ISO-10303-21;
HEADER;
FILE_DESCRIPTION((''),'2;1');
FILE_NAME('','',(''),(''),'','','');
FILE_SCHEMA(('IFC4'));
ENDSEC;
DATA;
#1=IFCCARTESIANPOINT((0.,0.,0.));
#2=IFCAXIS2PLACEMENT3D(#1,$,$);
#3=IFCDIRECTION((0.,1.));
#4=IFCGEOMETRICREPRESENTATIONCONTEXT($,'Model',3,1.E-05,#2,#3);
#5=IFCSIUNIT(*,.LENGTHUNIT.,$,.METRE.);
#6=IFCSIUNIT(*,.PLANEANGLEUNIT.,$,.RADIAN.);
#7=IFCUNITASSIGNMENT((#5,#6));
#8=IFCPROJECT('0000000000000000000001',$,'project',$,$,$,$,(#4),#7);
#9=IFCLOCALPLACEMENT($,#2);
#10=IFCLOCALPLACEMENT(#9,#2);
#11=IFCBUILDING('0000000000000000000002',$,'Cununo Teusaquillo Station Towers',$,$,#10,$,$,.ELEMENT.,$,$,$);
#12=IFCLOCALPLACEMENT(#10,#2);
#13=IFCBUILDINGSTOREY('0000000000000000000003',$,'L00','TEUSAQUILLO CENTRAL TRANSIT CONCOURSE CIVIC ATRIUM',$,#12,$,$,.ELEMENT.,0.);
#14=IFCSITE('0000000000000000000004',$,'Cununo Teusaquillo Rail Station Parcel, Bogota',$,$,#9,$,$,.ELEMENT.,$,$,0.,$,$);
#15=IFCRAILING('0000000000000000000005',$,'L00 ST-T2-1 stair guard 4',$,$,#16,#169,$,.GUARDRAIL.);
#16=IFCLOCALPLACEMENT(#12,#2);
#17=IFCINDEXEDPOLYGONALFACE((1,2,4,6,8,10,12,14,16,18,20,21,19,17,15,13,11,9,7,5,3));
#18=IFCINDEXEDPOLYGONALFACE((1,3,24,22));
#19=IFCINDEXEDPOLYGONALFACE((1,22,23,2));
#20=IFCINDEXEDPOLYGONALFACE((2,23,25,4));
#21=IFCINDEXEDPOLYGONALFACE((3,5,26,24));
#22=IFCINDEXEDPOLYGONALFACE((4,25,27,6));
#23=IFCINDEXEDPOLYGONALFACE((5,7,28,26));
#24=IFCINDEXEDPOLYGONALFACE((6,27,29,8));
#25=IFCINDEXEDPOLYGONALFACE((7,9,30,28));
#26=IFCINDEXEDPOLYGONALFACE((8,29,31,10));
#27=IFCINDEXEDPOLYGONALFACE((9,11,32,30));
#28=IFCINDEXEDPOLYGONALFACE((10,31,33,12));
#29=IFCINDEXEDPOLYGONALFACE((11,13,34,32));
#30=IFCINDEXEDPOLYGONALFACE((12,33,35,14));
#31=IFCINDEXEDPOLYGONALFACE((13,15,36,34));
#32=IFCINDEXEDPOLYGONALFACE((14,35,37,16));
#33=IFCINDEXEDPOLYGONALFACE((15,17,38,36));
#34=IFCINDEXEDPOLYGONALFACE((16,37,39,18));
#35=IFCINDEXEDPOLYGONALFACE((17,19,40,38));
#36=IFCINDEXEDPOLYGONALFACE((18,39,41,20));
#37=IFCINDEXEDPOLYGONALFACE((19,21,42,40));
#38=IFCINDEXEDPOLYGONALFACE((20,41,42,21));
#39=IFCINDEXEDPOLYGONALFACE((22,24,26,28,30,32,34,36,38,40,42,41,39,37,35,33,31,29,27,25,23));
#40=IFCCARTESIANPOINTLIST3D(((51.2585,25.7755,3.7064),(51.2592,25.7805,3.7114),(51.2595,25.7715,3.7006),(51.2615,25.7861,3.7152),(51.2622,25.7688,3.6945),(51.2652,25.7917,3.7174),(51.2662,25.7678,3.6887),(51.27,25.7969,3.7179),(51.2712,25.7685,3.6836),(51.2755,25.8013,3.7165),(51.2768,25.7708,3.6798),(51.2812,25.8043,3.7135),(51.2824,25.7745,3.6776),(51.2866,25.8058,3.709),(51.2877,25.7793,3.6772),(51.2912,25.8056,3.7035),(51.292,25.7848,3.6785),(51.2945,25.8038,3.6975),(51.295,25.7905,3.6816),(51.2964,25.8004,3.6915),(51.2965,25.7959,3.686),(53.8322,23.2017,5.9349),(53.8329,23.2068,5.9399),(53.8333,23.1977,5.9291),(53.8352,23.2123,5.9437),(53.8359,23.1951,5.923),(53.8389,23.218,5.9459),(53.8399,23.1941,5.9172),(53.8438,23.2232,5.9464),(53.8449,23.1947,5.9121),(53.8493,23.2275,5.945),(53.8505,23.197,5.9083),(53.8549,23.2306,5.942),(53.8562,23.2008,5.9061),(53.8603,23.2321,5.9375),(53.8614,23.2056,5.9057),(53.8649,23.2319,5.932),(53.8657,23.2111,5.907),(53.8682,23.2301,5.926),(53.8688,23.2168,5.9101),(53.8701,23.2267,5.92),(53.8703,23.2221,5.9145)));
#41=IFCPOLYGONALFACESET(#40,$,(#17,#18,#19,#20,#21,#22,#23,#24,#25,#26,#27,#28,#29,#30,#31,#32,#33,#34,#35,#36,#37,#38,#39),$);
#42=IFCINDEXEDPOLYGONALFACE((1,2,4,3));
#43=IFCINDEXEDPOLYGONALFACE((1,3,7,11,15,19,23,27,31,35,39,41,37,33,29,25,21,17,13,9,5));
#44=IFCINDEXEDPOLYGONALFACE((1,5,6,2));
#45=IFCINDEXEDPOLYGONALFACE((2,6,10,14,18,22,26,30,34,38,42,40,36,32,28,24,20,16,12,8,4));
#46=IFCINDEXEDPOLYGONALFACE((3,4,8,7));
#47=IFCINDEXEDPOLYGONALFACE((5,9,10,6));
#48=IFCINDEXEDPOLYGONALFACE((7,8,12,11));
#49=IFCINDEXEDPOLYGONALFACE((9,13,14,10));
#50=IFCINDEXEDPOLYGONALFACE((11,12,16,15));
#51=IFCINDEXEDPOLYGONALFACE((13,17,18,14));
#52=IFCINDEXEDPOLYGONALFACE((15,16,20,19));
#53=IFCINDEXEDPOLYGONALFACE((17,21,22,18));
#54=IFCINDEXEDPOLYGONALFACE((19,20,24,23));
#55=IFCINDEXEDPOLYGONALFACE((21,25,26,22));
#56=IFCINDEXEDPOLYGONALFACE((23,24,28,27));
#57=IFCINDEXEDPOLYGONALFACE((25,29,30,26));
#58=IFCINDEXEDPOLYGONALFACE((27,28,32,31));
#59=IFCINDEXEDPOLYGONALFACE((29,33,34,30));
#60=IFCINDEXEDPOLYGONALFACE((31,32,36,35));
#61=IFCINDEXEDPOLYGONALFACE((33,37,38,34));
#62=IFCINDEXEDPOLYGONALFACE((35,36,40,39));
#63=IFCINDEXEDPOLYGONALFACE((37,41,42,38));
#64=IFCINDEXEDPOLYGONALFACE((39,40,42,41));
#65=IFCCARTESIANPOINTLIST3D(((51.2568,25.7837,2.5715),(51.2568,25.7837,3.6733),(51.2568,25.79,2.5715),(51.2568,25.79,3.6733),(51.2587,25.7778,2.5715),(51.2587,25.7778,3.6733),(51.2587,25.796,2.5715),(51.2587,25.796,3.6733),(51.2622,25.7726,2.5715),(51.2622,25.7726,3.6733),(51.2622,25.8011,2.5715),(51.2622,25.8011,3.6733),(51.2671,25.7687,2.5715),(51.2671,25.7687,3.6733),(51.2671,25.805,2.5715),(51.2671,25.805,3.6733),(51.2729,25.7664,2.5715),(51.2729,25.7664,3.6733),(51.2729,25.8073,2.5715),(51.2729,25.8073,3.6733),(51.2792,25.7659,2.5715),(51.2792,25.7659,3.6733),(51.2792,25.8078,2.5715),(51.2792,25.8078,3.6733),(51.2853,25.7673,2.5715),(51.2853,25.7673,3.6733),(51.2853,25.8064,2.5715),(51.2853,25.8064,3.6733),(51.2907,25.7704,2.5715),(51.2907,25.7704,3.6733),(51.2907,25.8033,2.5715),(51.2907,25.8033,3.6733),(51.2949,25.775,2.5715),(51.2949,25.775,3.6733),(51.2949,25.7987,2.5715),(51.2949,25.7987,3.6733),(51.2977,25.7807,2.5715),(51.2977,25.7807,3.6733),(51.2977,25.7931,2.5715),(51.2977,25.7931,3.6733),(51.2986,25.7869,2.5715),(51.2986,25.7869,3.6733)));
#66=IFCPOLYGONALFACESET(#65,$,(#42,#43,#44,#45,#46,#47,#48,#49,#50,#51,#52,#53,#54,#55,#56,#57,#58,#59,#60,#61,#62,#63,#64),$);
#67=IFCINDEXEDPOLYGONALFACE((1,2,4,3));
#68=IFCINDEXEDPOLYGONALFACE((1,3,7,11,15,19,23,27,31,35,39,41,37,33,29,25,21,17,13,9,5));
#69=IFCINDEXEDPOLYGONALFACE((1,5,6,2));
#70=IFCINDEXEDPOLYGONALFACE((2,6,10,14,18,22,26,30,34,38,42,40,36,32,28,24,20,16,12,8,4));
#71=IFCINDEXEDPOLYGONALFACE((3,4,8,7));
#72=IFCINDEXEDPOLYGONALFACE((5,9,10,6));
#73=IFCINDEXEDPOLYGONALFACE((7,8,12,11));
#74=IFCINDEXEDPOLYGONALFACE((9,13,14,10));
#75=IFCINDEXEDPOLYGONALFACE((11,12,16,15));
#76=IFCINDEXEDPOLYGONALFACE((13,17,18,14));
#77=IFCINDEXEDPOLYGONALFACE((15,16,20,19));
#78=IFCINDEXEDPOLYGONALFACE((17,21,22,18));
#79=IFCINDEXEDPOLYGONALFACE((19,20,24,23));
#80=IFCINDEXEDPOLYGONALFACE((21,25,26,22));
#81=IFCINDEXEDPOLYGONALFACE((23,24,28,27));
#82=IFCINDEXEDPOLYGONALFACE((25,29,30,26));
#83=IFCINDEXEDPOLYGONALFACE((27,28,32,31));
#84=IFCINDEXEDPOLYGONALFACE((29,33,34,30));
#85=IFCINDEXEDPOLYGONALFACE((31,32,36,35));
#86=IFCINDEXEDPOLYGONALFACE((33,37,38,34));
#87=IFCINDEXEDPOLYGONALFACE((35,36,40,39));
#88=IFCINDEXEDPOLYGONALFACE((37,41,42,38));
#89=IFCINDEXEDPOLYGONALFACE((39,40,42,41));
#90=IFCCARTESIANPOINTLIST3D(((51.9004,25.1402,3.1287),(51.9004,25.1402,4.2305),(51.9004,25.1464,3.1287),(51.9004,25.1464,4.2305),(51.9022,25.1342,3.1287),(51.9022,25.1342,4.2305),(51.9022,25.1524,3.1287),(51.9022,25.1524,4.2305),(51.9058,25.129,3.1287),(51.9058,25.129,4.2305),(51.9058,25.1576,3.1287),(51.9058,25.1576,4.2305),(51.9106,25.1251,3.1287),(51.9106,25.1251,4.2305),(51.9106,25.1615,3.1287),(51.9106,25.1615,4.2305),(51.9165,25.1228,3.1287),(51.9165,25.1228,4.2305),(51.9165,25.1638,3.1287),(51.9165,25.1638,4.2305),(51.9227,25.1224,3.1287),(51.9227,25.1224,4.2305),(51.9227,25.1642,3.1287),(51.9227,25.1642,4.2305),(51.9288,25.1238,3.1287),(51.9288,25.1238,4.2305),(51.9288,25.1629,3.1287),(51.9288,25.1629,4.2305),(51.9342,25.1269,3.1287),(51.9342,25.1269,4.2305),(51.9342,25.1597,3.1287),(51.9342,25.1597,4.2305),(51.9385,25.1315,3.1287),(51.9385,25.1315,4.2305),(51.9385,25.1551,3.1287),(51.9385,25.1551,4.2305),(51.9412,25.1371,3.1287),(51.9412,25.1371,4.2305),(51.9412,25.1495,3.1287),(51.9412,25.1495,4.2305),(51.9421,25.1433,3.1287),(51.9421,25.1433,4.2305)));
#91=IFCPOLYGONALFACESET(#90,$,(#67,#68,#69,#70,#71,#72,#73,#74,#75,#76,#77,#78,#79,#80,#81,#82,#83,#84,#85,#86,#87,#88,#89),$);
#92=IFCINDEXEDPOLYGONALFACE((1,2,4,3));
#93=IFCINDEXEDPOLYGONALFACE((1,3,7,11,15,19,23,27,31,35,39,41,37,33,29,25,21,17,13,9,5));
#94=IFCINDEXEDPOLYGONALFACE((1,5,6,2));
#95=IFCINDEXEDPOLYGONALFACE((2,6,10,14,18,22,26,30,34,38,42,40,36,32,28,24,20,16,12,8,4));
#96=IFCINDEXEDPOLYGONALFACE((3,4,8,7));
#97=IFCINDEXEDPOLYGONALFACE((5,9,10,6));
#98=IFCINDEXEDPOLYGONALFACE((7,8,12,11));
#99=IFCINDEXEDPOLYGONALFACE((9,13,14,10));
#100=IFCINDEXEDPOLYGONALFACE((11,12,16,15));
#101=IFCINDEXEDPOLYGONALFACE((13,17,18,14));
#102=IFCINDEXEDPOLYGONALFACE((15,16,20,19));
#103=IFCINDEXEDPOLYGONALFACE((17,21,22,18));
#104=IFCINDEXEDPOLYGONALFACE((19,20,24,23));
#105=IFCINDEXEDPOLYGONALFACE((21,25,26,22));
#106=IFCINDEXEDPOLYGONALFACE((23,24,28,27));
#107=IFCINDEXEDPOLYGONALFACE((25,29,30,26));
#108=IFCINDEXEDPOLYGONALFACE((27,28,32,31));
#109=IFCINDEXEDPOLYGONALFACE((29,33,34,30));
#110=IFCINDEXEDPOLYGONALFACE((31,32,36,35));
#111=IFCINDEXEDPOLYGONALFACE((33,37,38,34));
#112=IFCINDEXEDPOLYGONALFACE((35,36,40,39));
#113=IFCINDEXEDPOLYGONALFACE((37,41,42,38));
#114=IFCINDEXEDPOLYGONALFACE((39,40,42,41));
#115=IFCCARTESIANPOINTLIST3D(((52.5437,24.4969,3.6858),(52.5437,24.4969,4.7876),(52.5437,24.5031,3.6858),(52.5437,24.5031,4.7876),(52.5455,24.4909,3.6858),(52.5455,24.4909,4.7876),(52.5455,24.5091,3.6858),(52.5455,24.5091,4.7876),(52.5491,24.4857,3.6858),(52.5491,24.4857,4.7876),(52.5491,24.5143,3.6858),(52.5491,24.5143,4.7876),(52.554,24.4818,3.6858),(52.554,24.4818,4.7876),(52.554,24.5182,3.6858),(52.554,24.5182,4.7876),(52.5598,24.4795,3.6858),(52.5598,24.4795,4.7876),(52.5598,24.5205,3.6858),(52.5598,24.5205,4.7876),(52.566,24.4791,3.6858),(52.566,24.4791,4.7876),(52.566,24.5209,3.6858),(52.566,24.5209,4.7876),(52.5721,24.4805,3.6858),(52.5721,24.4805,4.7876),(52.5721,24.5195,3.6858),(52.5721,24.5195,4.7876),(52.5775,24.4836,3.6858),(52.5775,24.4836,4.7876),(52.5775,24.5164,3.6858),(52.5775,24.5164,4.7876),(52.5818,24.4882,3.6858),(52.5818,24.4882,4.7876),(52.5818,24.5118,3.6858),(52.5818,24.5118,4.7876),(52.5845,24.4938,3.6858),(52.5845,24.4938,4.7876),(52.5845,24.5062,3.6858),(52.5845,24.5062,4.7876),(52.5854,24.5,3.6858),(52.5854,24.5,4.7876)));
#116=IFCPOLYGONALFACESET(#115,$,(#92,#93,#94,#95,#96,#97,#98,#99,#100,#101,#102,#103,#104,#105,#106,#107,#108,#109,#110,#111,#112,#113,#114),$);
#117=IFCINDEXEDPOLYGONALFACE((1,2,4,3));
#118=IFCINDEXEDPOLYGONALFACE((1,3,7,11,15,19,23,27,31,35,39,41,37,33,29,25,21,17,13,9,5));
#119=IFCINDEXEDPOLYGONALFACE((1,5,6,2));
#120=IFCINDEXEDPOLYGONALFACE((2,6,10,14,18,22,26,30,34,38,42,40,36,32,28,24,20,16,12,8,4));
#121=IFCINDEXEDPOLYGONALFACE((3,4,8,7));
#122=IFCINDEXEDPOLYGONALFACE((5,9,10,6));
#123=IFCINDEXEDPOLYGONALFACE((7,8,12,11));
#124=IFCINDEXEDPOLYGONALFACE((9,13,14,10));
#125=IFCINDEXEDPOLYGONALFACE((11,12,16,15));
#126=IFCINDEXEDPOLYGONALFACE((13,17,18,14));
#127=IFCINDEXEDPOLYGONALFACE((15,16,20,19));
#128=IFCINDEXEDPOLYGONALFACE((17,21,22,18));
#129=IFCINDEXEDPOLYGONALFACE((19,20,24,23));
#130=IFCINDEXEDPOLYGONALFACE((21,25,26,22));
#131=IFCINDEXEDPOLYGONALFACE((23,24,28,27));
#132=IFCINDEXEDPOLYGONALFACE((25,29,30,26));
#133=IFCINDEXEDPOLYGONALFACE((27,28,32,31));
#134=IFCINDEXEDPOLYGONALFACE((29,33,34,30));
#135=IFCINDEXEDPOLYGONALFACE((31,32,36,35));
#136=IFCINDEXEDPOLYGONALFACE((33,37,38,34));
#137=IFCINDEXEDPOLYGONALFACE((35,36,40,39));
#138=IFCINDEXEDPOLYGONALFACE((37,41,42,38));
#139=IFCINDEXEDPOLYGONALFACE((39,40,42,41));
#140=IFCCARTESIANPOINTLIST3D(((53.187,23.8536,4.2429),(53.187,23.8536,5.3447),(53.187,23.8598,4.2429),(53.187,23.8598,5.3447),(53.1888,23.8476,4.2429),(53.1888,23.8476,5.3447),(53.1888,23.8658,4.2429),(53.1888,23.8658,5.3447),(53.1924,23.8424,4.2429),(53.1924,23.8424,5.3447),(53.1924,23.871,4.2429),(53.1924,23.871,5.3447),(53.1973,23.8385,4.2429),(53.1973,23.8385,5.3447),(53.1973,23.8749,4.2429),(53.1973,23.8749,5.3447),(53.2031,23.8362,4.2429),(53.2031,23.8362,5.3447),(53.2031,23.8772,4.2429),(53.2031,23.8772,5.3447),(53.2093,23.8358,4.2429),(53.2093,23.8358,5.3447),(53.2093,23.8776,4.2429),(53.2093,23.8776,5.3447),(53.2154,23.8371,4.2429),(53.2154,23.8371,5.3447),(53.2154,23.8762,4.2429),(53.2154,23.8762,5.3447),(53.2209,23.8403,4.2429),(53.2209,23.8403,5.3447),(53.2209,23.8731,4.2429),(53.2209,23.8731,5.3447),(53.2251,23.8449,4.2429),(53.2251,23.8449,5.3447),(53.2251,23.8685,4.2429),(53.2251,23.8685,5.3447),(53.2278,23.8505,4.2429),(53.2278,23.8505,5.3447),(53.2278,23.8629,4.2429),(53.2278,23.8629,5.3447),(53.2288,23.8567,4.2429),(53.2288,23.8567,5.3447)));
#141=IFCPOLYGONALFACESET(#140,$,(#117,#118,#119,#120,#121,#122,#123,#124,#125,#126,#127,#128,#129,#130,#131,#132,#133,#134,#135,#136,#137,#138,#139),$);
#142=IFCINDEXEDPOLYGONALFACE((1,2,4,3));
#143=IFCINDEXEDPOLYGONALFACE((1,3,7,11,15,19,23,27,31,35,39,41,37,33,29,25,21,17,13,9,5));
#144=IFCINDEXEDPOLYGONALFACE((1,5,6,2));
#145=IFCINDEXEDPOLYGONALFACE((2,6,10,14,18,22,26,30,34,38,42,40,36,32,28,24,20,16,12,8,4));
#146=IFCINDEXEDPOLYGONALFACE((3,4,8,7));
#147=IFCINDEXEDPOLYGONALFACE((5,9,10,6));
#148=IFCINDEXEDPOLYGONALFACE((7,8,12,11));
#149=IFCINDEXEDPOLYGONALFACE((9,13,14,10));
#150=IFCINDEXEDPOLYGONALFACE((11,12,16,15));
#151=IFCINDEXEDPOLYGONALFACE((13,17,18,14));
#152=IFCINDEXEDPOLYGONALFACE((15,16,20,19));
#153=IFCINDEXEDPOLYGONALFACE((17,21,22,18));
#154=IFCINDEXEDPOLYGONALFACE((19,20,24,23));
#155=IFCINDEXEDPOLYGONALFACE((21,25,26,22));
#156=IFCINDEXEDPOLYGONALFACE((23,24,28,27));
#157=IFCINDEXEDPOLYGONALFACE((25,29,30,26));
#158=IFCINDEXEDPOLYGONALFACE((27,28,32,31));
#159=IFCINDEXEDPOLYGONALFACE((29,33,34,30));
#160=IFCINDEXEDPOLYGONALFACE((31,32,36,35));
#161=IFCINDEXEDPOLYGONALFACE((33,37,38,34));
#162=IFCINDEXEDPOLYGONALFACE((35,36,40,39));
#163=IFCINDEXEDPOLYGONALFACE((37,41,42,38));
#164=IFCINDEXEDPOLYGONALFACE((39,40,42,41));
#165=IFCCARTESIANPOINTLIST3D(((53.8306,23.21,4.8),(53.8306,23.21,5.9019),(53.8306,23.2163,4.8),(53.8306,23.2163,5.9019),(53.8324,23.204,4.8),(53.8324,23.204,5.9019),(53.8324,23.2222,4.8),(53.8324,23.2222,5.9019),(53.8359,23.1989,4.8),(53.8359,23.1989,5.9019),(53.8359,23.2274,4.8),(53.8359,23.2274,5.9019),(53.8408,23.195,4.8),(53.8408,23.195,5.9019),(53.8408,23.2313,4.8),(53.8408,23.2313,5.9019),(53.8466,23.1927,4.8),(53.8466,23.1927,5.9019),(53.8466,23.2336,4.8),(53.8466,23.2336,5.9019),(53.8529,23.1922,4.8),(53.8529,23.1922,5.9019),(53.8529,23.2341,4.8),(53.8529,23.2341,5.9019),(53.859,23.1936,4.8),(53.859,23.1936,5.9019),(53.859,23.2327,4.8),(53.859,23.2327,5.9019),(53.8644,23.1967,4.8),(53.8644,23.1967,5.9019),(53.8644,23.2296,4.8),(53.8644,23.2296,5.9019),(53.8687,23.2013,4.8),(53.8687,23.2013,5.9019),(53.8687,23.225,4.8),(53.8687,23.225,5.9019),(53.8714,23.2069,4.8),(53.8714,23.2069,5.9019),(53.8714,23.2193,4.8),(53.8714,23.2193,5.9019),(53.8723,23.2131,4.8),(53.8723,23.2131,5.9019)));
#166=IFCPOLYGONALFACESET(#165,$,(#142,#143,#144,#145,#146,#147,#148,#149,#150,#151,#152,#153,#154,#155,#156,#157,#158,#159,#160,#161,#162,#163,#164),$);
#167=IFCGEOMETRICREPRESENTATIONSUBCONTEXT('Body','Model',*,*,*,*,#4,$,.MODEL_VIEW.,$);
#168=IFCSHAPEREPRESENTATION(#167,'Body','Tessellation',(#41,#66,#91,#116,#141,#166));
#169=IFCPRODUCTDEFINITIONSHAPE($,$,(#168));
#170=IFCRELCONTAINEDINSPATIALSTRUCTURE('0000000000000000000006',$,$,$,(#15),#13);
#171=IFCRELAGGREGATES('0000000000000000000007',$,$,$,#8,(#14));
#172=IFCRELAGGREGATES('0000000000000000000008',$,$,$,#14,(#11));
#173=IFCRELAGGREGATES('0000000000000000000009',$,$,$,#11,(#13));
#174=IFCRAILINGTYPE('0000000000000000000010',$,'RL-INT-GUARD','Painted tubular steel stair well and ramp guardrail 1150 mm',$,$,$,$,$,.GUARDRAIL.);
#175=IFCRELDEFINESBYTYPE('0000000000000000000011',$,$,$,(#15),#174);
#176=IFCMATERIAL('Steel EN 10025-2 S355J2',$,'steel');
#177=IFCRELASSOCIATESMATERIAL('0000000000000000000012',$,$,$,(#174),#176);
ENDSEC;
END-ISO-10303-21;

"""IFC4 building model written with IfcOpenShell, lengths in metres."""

from ifc_helpers import new_model, si_unit, direction, frame, origin, origin_2d, place, context, subcontext, project, spatial, circle, extrude, material, type_object, element, save


model = new_model("IFC4")

# Units and contexts
model_context = context("Model", 3, precision=1e-05, world=origin(), true_north=direction((0.0, 1.0)))
body_context = subcontext(model_context, "Body", "Model", "MODEL_VIEW")
ifc_project = project(units=[si_unit("LENGTHUNIT", "METRE"), si_unit("PLANEANGLEUNIT", "RADIAN")], contexts=[model_context])

# Site, building, storey
site_placement = place(None, origin())
site = spatial("IfcSite", under=ifc_project, at=site_placement, Name="Cununo Teusaquillo Rail Station Parcel, Bogota", CompositionType="ELEMENT", RefElevation=0.0)
building_placement = place(site_placement, origin())
building = spatial("IfcBuilding", under=site, at=building_placement, Name="Cununo Teusaquillo Station Towers", CompositionType="ELEMENT")
storey_placement = place(building_placement, origin())
storey = spatial("IfcBuildingStorey", under=building, at=storey_placement, Name="L00", Description="TEUSAQUILLO CENTRAL TRANSIT CONCOURSE CIVIC ATRIUM", CompositionType="ELEMENT", Elevation=0.0)

# Railing
ifc_material_1 = material(Name="Steel EN 10025-2 S355J2", Category="steel")
railing_type_1 = type_object("IfcRailingType", Name="RL-INT-GUARD", Description="Painted tubular steel stair well and ramp guardrail 1150 mm", PredefinedType="GUARDRAIL", material=ifc_material_1)
railing_1_placement = place(storey_placement, frame((51.2776, 25.7869, 2.5715)))
element("IfcRailing", 1, at=railing_1_placement, inside=storey, type_object=railing_type_1, Name="L00 ST-T2-1 stair guard 4", PredefinedType="GUARDRAIL", context=body_context, shape_type="SweptSolid", body=[
    extrude(circle(Radius=0.0239, at=origin_2d()), frame((0.0, 0.0, 1.126), z_axis=(0.603052, -0.603052, 0.522165), x_axis=(0.707107, 0.707107, 0.0)), (0.0, 0.0, 1.0), 4.2678),
    extrude(circle(Radius=0.021, at=origin_2d()), origin(), (0.0, 0.0, 1.0), 1.1018),
    extrude(circle(Radius=0.021, at=origin_2d()), frame((0.6436, -0.6436, 0.5571)), (0.0, 0.0, 1.0), 1.1018),
    extrude(circle(Radius=0.021, at=origin_2d()), frame((1.2869, -1.2869, 1.1143)), (0.0, 0.0, 1.0), 1.1018),
    extrude(circle(Radius=0.021, at=origin_2d()), frame((1.9302, -1.9302, 1.6714)), (0.0, 0.0, 1.0), 1.1018),
    extrude(circle(Radius=0.021, at=origin_2d()), frame((2.5737, -2.5737, 2.2285)), (0.0, 0.0, 1.0), 1.1018),
])

save(model, "model.ifc")
